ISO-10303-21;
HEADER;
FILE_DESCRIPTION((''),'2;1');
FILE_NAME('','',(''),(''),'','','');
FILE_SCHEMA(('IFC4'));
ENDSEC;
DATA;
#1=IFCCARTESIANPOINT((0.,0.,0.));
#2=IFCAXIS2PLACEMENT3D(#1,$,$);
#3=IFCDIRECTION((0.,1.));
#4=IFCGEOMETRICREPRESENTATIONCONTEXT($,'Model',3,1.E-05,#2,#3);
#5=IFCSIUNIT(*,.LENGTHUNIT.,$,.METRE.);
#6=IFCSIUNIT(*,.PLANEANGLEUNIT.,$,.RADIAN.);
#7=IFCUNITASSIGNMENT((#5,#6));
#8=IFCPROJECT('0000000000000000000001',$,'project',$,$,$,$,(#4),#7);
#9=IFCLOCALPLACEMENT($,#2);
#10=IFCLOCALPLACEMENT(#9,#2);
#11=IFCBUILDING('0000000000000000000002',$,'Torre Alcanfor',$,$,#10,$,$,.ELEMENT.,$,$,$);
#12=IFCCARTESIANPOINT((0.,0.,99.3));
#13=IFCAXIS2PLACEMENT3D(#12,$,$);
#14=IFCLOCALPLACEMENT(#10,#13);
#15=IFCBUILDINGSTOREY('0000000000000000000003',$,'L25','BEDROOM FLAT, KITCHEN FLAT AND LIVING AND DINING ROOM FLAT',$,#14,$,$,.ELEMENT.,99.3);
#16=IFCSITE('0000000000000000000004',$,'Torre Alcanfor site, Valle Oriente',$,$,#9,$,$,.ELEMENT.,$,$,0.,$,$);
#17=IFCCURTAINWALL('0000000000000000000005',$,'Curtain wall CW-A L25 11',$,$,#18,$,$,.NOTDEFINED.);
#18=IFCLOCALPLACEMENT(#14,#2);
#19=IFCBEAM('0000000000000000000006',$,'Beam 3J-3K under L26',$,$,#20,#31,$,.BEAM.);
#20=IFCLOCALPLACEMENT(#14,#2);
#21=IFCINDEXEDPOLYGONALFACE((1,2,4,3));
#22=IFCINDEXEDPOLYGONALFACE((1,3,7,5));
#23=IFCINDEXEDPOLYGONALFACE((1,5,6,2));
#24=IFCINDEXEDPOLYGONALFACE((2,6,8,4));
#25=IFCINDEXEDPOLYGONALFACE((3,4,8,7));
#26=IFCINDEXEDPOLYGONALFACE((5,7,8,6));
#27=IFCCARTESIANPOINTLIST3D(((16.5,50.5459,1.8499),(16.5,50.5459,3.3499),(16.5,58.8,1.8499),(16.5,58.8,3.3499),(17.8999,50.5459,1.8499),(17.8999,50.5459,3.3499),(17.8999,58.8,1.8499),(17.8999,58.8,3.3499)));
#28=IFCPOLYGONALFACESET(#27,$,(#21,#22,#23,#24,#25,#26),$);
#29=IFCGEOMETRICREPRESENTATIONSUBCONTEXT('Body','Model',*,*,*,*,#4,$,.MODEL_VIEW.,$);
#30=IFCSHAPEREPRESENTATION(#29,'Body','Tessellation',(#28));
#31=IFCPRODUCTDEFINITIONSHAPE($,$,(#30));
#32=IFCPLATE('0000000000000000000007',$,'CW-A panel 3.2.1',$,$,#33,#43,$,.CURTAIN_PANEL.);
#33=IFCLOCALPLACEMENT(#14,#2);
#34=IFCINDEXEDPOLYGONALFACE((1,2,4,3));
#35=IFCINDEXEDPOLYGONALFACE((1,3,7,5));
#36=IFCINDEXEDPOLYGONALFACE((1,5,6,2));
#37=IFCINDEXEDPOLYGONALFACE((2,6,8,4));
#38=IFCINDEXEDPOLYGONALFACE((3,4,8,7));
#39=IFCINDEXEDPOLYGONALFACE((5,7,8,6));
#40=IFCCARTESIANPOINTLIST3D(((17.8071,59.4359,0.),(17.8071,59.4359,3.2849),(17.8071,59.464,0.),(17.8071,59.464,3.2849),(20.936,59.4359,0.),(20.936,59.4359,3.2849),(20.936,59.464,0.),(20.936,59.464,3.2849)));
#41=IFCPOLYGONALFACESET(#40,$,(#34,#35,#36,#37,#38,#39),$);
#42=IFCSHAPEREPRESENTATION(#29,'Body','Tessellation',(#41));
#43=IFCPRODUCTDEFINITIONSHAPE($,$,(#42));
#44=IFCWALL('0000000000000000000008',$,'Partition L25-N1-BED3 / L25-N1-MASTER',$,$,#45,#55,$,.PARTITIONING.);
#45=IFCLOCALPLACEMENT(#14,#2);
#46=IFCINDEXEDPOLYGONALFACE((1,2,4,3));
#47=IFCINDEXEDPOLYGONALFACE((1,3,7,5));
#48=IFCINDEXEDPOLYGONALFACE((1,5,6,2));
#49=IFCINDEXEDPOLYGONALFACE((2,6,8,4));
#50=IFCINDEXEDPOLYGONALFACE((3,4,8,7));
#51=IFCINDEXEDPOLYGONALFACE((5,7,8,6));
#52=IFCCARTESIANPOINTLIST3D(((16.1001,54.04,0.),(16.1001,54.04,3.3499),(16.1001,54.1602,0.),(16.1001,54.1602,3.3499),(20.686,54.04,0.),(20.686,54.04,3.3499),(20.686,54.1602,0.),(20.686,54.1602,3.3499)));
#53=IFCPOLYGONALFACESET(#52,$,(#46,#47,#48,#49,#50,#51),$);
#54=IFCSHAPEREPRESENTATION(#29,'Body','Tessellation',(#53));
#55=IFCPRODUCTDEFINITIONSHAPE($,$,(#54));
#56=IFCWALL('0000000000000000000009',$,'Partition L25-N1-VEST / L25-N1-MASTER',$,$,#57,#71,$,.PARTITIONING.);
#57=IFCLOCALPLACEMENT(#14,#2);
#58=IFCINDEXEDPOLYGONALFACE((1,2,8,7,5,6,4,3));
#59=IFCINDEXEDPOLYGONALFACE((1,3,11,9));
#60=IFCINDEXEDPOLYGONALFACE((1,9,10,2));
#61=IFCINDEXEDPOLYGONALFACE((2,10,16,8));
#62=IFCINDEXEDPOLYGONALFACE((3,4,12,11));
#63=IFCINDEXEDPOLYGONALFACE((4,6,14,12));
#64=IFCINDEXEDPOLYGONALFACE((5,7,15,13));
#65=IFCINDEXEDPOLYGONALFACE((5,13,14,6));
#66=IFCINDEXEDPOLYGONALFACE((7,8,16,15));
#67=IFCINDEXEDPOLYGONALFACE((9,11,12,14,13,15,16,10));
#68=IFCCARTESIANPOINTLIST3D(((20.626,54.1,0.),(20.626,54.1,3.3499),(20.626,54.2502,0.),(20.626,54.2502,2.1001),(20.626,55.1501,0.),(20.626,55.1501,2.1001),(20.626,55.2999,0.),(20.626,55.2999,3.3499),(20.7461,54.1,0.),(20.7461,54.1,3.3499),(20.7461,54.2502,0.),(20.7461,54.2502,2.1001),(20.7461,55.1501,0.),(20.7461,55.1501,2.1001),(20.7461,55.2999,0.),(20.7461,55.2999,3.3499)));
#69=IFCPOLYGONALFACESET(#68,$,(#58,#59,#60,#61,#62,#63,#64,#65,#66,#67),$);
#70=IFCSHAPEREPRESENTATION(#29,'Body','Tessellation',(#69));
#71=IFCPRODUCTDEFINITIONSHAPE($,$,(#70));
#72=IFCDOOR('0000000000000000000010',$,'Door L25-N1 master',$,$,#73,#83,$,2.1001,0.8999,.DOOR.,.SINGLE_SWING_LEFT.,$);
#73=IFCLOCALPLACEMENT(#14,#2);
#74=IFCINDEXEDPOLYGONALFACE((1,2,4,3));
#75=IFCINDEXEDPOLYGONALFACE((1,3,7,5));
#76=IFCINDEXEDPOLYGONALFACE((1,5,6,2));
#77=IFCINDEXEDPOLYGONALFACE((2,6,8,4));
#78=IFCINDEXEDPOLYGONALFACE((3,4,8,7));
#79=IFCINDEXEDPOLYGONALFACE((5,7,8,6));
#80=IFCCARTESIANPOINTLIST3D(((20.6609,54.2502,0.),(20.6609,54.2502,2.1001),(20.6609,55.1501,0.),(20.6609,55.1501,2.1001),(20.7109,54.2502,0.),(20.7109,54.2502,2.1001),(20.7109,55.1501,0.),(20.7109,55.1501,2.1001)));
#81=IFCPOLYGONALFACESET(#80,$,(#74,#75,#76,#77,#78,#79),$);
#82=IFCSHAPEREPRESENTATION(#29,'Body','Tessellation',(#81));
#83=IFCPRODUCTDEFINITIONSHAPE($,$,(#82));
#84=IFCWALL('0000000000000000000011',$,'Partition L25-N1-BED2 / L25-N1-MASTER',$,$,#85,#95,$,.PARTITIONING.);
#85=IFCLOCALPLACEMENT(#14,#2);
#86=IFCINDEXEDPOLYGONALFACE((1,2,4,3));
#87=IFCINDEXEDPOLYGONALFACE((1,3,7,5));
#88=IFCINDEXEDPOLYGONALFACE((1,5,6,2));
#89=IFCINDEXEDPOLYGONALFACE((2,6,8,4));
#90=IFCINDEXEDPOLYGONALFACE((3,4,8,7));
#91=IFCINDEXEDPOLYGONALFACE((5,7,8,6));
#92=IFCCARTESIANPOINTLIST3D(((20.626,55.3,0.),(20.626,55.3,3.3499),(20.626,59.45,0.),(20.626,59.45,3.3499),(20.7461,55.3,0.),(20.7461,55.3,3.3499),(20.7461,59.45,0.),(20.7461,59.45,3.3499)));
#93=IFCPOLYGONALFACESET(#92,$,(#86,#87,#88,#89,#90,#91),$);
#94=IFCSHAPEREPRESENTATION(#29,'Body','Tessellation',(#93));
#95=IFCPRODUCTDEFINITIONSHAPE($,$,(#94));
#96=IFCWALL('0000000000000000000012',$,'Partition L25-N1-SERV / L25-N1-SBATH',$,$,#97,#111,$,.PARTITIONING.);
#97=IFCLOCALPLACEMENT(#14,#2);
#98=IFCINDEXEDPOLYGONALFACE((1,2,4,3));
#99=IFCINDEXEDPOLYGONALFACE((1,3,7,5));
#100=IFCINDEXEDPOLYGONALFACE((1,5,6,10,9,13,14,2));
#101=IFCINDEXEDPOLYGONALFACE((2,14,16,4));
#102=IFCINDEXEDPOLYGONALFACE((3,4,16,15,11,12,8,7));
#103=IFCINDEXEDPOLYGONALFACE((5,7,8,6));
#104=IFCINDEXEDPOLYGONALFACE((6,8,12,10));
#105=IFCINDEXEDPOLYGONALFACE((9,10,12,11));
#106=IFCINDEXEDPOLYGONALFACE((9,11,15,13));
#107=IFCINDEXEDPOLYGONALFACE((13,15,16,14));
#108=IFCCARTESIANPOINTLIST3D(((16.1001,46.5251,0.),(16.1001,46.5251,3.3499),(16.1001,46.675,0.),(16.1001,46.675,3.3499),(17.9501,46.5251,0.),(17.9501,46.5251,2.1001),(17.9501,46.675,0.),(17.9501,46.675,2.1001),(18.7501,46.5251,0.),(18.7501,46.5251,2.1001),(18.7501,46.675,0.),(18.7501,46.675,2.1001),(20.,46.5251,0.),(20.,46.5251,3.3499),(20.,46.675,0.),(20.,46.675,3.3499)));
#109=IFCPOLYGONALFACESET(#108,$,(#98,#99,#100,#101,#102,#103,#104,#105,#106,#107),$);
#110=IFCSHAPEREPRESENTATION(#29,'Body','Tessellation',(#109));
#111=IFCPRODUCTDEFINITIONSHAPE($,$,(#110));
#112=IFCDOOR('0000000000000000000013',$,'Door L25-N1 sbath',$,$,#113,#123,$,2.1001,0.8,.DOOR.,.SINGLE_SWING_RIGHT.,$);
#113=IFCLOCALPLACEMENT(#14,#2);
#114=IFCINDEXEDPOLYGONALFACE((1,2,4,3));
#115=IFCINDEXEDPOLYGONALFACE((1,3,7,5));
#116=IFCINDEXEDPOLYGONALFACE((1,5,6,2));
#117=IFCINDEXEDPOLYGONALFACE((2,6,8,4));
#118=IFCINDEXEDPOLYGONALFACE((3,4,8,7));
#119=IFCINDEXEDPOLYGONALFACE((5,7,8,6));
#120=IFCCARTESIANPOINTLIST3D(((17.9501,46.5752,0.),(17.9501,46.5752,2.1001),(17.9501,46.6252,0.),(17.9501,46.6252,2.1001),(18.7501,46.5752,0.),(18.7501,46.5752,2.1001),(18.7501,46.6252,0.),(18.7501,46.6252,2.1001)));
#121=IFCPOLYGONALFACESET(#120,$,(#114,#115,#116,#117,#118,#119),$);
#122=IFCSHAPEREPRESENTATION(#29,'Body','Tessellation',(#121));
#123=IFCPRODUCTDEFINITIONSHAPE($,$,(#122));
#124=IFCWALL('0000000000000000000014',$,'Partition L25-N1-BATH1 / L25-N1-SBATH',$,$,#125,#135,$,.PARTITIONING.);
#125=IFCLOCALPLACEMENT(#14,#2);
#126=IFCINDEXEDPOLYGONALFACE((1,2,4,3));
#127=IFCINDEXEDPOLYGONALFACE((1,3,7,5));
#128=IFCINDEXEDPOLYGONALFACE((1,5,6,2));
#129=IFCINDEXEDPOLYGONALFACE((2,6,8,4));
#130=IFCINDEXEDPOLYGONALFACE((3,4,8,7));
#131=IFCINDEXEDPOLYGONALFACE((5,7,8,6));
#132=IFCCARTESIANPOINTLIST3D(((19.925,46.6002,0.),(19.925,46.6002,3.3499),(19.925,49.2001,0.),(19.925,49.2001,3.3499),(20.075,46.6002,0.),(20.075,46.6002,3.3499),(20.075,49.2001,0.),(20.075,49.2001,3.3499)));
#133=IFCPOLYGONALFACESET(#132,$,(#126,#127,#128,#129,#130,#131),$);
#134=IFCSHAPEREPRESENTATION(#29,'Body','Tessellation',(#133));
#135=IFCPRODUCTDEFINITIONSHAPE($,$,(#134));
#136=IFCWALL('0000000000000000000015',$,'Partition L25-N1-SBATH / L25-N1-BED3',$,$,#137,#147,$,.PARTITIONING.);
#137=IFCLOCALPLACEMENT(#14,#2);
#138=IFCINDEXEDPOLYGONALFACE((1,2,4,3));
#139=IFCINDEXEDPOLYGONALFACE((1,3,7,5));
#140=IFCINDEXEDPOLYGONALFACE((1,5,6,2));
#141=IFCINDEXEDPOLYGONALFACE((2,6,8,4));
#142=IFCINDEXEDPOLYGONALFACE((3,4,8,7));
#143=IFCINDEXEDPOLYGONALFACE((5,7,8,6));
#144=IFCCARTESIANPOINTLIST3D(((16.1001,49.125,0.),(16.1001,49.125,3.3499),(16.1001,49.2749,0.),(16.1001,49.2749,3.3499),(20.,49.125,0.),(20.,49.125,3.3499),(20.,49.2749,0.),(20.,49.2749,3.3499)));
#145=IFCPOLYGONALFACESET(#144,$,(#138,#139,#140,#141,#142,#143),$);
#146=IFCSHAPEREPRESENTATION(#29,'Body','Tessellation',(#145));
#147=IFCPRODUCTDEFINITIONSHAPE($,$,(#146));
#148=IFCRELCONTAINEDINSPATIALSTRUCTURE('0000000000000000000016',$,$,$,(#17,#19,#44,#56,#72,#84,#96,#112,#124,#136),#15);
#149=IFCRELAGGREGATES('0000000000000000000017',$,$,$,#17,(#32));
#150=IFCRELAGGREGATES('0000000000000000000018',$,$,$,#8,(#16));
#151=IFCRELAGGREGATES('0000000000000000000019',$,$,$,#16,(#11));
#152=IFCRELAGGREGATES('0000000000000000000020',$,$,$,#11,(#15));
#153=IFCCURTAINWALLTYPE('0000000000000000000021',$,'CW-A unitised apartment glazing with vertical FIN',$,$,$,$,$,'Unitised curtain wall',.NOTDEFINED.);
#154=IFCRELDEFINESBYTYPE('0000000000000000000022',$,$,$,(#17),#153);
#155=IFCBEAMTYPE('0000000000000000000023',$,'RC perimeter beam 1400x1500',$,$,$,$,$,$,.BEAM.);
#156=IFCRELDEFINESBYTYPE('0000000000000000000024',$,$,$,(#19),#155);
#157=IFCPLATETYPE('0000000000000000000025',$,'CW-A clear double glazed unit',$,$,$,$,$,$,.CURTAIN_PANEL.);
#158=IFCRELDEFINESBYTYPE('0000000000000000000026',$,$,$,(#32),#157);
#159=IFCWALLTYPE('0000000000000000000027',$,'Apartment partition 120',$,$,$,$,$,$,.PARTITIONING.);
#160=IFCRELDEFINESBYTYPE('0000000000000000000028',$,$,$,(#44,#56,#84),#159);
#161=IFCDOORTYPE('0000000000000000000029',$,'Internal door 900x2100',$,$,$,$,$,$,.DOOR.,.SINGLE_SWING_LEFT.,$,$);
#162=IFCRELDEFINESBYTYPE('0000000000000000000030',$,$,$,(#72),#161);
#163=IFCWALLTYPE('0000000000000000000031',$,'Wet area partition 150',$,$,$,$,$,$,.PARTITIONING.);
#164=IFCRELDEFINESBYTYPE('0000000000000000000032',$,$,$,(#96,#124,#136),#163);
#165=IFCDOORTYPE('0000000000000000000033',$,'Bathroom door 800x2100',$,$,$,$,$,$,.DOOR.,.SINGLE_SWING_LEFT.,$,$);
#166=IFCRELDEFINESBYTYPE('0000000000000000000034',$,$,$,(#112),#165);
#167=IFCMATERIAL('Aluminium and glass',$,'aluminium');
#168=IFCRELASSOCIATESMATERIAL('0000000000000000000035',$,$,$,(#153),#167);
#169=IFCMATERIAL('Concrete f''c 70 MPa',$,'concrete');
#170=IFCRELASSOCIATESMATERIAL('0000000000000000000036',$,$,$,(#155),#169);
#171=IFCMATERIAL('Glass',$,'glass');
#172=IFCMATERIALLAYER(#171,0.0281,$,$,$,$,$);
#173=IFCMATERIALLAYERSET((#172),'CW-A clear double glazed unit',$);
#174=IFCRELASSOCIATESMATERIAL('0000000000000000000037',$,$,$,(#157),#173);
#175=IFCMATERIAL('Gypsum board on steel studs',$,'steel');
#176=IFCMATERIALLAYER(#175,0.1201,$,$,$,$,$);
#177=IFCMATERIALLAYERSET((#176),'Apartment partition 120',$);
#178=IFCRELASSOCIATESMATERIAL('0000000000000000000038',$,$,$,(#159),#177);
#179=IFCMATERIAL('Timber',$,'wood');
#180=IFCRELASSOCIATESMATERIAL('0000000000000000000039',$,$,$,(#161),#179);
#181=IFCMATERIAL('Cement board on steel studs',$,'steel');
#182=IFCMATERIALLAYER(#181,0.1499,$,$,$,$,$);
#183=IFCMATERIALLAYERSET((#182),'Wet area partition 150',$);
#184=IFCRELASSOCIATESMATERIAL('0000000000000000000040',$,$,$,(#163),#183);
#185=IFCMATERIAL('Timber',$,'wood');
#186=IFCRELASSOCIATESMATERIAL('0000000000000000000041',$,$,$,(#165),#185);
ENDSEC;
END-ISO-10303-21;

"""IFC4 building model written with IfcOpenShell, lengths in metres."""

from ifc_helpers import new_model, si_unit, direction, frame, frame_2d, origin, origin_2d, place, context, subcontext, project, spatial, rectangle, extrude, material, layer, layer_set, material_profile, profile_set, type_object, element, fill, aggregate, save


model = new_model("IFC4")

# Units and contexts
model_context = context("Model", 3, precision=1e-05, world=origin(), true_north=direction((0.0, 1.0)))
body_context = subcontext(model_context, "Body", "Model", "MODEL_VIEW")
ifc_project = project(units=[si_unit("LENGTHUNIT", "METRE"), si_unit("PLANEANGLEUNIT", "RADIAN")], contexts=[model_context])

# Site, building, storey
site_placement = place(None, origin())
site = spatial("IfcSite", under=ifc_project, at=site_placement, Name="Torre Alcanfor site, Valle Oriente", CompositionType="ELEMENT", RefElevation=0.0)
building_placement = place(site_placement, origin())
building = spatial("IfcBuilding", under=site, at=building_placement, Name="Torre Alcanfor", CompositionType="ELEMENT")
storey_placement = place(building_placement, frame((0.0, 0.0, 99.3)))
storey = spatial("IfcBuildingStorey", under=building, at=storey_placement, Name="L25", Description="BEDROOM FLAT, KITCHEN FLAT AND LIVING AND DINING ROOM FLAT", CompositionType="ELEMENT", Elevation=99.3)

# Curtain wall
ifc_material_1 = material(Name="Aluminium and glass", Category="aluminium")
curtain_wall_type = type_object("IfcCurtainWallType", Name="CW-A unitised apartment glazing with vertical FIN", ElementType="Unitised curtain wall", PredefinedType="NOTDEFINED", material=ifc_material_1)
curtain_wall_placement = place(storey_placement, origin())
curtain_wall = element("IfcCurtainWall", 1, at=curtain_wall_placement, inside=storey, type_object=curtain_wall_type, Name="Curtain wall CW-A L25 11", PredefinedType="NOTDEFINED")

# Beam
ifc_material_2 = material(Name="Concrete f'c 70 MPa", Category="concrete")
ifc_material_profile_1 = material_profile(ifc_material_2, rectangle(XDim=1.3999, YDim=1.5, at=origin_2d()), Name="1400x1500")
ifc_profile_set_1 = profile_set([ifc_material_profile_1], Name="Concrete f'c 70 MPa")
beam_type_1 = type_object("IfcBeamType", Name="RC perimeter beam 1400x1500", PredefinedType="BEAM", material=ifc_profile_set_1)
beam_1_placement = place(storey_placement, frame((17.2, 50.5459, 2.5999), z_axis=(0.0, 1.0, 0.0), x_axis=(-1.0, 0.0, 0.0)))
element("IfcBeam", 2, at=beam_1_placement, inside=storey, type_object=beam_type_1, Name="Beam 3J-3K under L26", PredefinedType="BEAM", context=body_context, shape_type="SweptSolid", body=[
    extrude(rectangle(XDim=1.3999, YDim=1.5, at=origin_2d()), origin(), (0.0, 0.0, 1.0), 8.2542),
])

# Plate
ifc_material_3 = material(Name="Glass", Category="glass")
ifc_layer_1 = layer(ifc_material_3, 0.0281)
ifc_layer_set_1 = layer_set([ifc_layer_1], Name="CW-A clear double glazed unit")
plate_type = type_object("IfcPlateType", Name="CW-A clear double glazed unit", PredefinedType="CURTAIN_PANEL", material=ifc_layer_set_1)
plate_placement = place(storey_placement, frame((19.3716, 59.45, 0.0), z_axis=(0.0, 0.0, 1.0), x_axis=(-1.0, 0.0, 0.0)))
plate = element("IfcPlate", 3, at=plate_placement, type_object=plate_type, Name="CW-A panel 3.2.1", PredefinedType="CURTAIN_PANEL", context=body_context, shape_type="SweptSolid", body=[
    extrude(rectangle(XDim=3.1289, YDim=0.0281, at=origin_2d()), origin(), (0.0, 0.0, 1.0), 3.2849),
])
aggregate(curtain_wall, [plate])

# Wall
ifc_material_4 = material(Name="Gypsum board on steel studs", Category="steel")
ifc_layer_2 = layer(ifc_material_4, 0.1201)
ifc_layer_set_2 = layer_set([ifc_layer_2], Name="Apartment partition 120")
wall_type_1 = type_object("IfcWallType", Name="Apartment partition 120", PredefinedType="PARTITIONING", material=ifc_layer_set_2)
wall_1_placement = place(storey_placement, frame((20.686, 54.1001, 0.0), z_axis=(0.0, 0.0, 1.0), x_axis=(-1.0, 0.0, 0.0)))
element("IfcWall", 4, at=wall_1_placement, inside=storey, type_object=wall_type_1, Name="Partition L25-N1-BED3 / L25-N1-MASTER", PredefinedType="PARTITIONING", context=body_context, shape_type="SweptSolid", body=[
    extrude(rectangle(XDim=4.5859, YDim=0.1201, at=frame_2d((2.293, 0.0))), origin(), (0.0, 0.0, 1.0), 3.3499),
])

# Wall, opening, door
wall_2_placement = place(storey_placement, frame((20.686, 55.3, 0.0), z_axis=(0.0, 0.0, 1.0), x_axis=(0.0, -1.0, 0.0)))
wall_2 = element("IfcWall", 5, at=wall_2_placement, inside=storey, type_object=wall_type_1, Name="Partition L25-N1-VEST / L25-N1-MASTER", PredefinedType="PARTITIONING", context=body_context, shape_type="SweptSolid", body=[
    extrude(rectangle(XDim=1.2, YDim=0.1201, at=frame_2d((0.6001, 0.0))), origin(), (0.0, 0.0, 1.0), 3.3499),
])
opening_1_placement = place(wall_2_placement, frame((0.1499, 0.0, 0.0)))
opening_1 = element("IfcOpeningElement", 6, at=opening_1_placement, cuts=wall_2, PredefinedType="OPENING", context=body_context, shape_type="SweptSolid", body=[
    extrude(rectangle(XDim=0.8999, YDim=2.1001, at=frame_2d((0.45, 1.05))), frame((0.0, 0.0701, 0.0), z_axis=(0.0, -1.0, 0.0), x_axis=(1.0, 0.0, 0.0)), (0.0, 0.0, 1.0), 0.1401),
])
ifc_material_5 = material(Name="Timber", Category="wood")
door_type_1 = type_object("IfcDoorType", Name="Internal door 900x2100", OperationType="SINGLE_SWING_LEFT", PredefinedType="DOOR", material=ifc_material_5)
door_1_placement = place(opening_1_placement, origin())
door_1 = element("IfcDoor", 7, at=door_1_placement, inside=storey, type_object=door_type_1, Name="Door L25-N1 master", OperationType="SINGLE_SWING_LEFT", OverallHeight=2.1001, OverallWidth=0.8999, PredefinedType="DOOR", context=body_context, shape_type="SweptSolid", body=[
    extrude(rectangle(XDim=0.8999, YDim=2.1001, at=frame_2d((0.45, 1.05))), frame((0.0, 0.0249, 0.0), z_axis=(0.0, -1.0, 0.0), x_axis=(1.0, 0.0, 0.0)), (0.0, 0.0, 1.0), 0.05),
])
fill(opening_1, door_1)

# Wall
wall_3_placement = place(storey_placement, frame((20.686, 59.45, 0.0), z_axis=(0.0, 0.0, 1.0), x_axis=(0.0, -1.0, 0.0)))
element("IfcWall", 8, at=wall_3_placement, inside=storey, type_object=wall_type_1, Name="Partition L25-N1-BED2 / L25-N1-MASTER", PredefinedType="PARTITIONING", context=body_context, shape_type="SweptSolid", body=[
    extrude(rectangle(XDim=4.1499, YDim=0.1201, at=frame_2d((2.075, 0.0))), origin(), (0.0, 0.0, 1.0), 3.3499),
])

# Wall, opening, door
ifc_material_6 = material(Name="Cement board on steel studs", Category="steel")
ifc_layer_3 = layer(ifc_material_6, 0.1499)
ifc_layer_set_3 = layer_set([ifc_layer_3], Name="Wet area partition 150")
wall_type_2 = type_object("IfcWallType", Name="Wet area partition 150", PredefinedType="PARTITIONING", material=ifc_layer_set_3)
wall_4_placement = place(storey_placement, frame((20.0, 46.6001, 0.0), z_axis=(0.0, 0.0, 1.0), x_axis=(-1.0, 0.0, 0.0)))
wall_4 = element("IfcWall", 9, at=wall_4_placement, inside=storey, type_object=wall_type_2, Name="Partition L25-N1-SERV / L25-N1-SBATH", PredefinedType="PARTITIONING", context=body_context, shape_type="SweptSolid", body=[
    extrude(rectangle(XDim=3.8999, YDim=0.1499, at=frame_2d((1.95, 0.0))), origin(), (0.0, 0.0, 1.0), 3.3499),
])
opening_2_placement = place(wall_4_placement, frame((1.25, 0.0, 0.0)))
opening_2 = element("IfcOpeningElement", 10, at=opening_2_placement, cuts=wall_4, PredefinedType="OPENING", context=body_context, shape_type="SweptSolid", body=[
    extrude(rectangle(XDim=0.8, YDim=2.1001, at=frame_2d((0.3999, 1.05))), frame((0.0, 0.085, 0.0), z_axis=(0.0, -1.0, 0.0), x_axis=(1.0, 0.0, 0.0)), (0.0, 0.0, 1.0), 0.1699),
])
ifc_material_7 = material(Name="Timber", Category="wood")
door_type_2 = type_object("IfcDoorType", Name="Bathroom door 800x2100", OperationType="SINGLE_SWING_LEFT", PredefinedType="DOOR", material=ifc_material_7)
door_2_placement = place(opening_2_placement, frame((0.8, 0.0, 0.0), z_axis=(0.0, 0.0, 1.0), x_axis=(-1.0, 0.0, 0.0)))
door_2 = element("IfcDoor", 11, at=door_2_placement, inside=storey, type_object=door_type_2, Name="Door L25-N1 sbath", OperationType="SINGLE_SWING_RIGHT", OverallHeight=2.1001, OverallWidth=0.8, PredefinedType="DOOR", context=body_context, shape_type="SweptSolid", body=[
    extrude(rectangle(XDim=0.8, YDim=2.1001, at=frame_2d((0.4001, 1.05))), frame((0.0, 0.0251, 0.0), z_axis=(0.0, -1.0, 0.0), x_axis=(1.0, 0.0, 0.0)), (0.0, 0.0, 1.0), 0.05),
])
fill(opening_2, door_2)

# Walls
wall_5_placement = place(storey_placement, frame((20.0, 49.2, 0.0), z_axis=(0.0, 0.0, 1.0), x_axis=(0.0, -1.0, 0.0)))
element("IfcWall", 12, at=wall_5_placement, inside=storey, type_object=wall_type_2, Name="Partition L25-N1-BATH1 / L25-N1-SBATH", PredefinedType="PARTITIONING", context=body_context, shape_type="SweptSolid", body=[
    extrude(rectangle(XDim=2.5999, YDim=0.1499, at=frame_2d((1.2998, 0.0))), origin(), (0.0, 0.0, 1.0), 3.3499),
])
wall_6_placement = place(storey_placement, frame((20.0, 49.2, 0.0), z_axis=(0.0, 0.0, 1.0), x_axis=(-1.0, 0.0, 0.0)))
element("IfcWall", 13, at=wall_6_placement, inside=storey, type_object=wall_type_2, Name="Partition L25-N1-SBATH / L25-N1-BED3", PredefinedType="PARTITIONING", context=body_context, shape_type="SweptSolid", body=[
    extrude(rectangle(XDim=3.8999, YDim=0.1499, at=frame_2d((1.95, 0.0))), origin(), (0.0, 0.0, 1.0), 3.3499),
])

save(model, "model.ifc")
